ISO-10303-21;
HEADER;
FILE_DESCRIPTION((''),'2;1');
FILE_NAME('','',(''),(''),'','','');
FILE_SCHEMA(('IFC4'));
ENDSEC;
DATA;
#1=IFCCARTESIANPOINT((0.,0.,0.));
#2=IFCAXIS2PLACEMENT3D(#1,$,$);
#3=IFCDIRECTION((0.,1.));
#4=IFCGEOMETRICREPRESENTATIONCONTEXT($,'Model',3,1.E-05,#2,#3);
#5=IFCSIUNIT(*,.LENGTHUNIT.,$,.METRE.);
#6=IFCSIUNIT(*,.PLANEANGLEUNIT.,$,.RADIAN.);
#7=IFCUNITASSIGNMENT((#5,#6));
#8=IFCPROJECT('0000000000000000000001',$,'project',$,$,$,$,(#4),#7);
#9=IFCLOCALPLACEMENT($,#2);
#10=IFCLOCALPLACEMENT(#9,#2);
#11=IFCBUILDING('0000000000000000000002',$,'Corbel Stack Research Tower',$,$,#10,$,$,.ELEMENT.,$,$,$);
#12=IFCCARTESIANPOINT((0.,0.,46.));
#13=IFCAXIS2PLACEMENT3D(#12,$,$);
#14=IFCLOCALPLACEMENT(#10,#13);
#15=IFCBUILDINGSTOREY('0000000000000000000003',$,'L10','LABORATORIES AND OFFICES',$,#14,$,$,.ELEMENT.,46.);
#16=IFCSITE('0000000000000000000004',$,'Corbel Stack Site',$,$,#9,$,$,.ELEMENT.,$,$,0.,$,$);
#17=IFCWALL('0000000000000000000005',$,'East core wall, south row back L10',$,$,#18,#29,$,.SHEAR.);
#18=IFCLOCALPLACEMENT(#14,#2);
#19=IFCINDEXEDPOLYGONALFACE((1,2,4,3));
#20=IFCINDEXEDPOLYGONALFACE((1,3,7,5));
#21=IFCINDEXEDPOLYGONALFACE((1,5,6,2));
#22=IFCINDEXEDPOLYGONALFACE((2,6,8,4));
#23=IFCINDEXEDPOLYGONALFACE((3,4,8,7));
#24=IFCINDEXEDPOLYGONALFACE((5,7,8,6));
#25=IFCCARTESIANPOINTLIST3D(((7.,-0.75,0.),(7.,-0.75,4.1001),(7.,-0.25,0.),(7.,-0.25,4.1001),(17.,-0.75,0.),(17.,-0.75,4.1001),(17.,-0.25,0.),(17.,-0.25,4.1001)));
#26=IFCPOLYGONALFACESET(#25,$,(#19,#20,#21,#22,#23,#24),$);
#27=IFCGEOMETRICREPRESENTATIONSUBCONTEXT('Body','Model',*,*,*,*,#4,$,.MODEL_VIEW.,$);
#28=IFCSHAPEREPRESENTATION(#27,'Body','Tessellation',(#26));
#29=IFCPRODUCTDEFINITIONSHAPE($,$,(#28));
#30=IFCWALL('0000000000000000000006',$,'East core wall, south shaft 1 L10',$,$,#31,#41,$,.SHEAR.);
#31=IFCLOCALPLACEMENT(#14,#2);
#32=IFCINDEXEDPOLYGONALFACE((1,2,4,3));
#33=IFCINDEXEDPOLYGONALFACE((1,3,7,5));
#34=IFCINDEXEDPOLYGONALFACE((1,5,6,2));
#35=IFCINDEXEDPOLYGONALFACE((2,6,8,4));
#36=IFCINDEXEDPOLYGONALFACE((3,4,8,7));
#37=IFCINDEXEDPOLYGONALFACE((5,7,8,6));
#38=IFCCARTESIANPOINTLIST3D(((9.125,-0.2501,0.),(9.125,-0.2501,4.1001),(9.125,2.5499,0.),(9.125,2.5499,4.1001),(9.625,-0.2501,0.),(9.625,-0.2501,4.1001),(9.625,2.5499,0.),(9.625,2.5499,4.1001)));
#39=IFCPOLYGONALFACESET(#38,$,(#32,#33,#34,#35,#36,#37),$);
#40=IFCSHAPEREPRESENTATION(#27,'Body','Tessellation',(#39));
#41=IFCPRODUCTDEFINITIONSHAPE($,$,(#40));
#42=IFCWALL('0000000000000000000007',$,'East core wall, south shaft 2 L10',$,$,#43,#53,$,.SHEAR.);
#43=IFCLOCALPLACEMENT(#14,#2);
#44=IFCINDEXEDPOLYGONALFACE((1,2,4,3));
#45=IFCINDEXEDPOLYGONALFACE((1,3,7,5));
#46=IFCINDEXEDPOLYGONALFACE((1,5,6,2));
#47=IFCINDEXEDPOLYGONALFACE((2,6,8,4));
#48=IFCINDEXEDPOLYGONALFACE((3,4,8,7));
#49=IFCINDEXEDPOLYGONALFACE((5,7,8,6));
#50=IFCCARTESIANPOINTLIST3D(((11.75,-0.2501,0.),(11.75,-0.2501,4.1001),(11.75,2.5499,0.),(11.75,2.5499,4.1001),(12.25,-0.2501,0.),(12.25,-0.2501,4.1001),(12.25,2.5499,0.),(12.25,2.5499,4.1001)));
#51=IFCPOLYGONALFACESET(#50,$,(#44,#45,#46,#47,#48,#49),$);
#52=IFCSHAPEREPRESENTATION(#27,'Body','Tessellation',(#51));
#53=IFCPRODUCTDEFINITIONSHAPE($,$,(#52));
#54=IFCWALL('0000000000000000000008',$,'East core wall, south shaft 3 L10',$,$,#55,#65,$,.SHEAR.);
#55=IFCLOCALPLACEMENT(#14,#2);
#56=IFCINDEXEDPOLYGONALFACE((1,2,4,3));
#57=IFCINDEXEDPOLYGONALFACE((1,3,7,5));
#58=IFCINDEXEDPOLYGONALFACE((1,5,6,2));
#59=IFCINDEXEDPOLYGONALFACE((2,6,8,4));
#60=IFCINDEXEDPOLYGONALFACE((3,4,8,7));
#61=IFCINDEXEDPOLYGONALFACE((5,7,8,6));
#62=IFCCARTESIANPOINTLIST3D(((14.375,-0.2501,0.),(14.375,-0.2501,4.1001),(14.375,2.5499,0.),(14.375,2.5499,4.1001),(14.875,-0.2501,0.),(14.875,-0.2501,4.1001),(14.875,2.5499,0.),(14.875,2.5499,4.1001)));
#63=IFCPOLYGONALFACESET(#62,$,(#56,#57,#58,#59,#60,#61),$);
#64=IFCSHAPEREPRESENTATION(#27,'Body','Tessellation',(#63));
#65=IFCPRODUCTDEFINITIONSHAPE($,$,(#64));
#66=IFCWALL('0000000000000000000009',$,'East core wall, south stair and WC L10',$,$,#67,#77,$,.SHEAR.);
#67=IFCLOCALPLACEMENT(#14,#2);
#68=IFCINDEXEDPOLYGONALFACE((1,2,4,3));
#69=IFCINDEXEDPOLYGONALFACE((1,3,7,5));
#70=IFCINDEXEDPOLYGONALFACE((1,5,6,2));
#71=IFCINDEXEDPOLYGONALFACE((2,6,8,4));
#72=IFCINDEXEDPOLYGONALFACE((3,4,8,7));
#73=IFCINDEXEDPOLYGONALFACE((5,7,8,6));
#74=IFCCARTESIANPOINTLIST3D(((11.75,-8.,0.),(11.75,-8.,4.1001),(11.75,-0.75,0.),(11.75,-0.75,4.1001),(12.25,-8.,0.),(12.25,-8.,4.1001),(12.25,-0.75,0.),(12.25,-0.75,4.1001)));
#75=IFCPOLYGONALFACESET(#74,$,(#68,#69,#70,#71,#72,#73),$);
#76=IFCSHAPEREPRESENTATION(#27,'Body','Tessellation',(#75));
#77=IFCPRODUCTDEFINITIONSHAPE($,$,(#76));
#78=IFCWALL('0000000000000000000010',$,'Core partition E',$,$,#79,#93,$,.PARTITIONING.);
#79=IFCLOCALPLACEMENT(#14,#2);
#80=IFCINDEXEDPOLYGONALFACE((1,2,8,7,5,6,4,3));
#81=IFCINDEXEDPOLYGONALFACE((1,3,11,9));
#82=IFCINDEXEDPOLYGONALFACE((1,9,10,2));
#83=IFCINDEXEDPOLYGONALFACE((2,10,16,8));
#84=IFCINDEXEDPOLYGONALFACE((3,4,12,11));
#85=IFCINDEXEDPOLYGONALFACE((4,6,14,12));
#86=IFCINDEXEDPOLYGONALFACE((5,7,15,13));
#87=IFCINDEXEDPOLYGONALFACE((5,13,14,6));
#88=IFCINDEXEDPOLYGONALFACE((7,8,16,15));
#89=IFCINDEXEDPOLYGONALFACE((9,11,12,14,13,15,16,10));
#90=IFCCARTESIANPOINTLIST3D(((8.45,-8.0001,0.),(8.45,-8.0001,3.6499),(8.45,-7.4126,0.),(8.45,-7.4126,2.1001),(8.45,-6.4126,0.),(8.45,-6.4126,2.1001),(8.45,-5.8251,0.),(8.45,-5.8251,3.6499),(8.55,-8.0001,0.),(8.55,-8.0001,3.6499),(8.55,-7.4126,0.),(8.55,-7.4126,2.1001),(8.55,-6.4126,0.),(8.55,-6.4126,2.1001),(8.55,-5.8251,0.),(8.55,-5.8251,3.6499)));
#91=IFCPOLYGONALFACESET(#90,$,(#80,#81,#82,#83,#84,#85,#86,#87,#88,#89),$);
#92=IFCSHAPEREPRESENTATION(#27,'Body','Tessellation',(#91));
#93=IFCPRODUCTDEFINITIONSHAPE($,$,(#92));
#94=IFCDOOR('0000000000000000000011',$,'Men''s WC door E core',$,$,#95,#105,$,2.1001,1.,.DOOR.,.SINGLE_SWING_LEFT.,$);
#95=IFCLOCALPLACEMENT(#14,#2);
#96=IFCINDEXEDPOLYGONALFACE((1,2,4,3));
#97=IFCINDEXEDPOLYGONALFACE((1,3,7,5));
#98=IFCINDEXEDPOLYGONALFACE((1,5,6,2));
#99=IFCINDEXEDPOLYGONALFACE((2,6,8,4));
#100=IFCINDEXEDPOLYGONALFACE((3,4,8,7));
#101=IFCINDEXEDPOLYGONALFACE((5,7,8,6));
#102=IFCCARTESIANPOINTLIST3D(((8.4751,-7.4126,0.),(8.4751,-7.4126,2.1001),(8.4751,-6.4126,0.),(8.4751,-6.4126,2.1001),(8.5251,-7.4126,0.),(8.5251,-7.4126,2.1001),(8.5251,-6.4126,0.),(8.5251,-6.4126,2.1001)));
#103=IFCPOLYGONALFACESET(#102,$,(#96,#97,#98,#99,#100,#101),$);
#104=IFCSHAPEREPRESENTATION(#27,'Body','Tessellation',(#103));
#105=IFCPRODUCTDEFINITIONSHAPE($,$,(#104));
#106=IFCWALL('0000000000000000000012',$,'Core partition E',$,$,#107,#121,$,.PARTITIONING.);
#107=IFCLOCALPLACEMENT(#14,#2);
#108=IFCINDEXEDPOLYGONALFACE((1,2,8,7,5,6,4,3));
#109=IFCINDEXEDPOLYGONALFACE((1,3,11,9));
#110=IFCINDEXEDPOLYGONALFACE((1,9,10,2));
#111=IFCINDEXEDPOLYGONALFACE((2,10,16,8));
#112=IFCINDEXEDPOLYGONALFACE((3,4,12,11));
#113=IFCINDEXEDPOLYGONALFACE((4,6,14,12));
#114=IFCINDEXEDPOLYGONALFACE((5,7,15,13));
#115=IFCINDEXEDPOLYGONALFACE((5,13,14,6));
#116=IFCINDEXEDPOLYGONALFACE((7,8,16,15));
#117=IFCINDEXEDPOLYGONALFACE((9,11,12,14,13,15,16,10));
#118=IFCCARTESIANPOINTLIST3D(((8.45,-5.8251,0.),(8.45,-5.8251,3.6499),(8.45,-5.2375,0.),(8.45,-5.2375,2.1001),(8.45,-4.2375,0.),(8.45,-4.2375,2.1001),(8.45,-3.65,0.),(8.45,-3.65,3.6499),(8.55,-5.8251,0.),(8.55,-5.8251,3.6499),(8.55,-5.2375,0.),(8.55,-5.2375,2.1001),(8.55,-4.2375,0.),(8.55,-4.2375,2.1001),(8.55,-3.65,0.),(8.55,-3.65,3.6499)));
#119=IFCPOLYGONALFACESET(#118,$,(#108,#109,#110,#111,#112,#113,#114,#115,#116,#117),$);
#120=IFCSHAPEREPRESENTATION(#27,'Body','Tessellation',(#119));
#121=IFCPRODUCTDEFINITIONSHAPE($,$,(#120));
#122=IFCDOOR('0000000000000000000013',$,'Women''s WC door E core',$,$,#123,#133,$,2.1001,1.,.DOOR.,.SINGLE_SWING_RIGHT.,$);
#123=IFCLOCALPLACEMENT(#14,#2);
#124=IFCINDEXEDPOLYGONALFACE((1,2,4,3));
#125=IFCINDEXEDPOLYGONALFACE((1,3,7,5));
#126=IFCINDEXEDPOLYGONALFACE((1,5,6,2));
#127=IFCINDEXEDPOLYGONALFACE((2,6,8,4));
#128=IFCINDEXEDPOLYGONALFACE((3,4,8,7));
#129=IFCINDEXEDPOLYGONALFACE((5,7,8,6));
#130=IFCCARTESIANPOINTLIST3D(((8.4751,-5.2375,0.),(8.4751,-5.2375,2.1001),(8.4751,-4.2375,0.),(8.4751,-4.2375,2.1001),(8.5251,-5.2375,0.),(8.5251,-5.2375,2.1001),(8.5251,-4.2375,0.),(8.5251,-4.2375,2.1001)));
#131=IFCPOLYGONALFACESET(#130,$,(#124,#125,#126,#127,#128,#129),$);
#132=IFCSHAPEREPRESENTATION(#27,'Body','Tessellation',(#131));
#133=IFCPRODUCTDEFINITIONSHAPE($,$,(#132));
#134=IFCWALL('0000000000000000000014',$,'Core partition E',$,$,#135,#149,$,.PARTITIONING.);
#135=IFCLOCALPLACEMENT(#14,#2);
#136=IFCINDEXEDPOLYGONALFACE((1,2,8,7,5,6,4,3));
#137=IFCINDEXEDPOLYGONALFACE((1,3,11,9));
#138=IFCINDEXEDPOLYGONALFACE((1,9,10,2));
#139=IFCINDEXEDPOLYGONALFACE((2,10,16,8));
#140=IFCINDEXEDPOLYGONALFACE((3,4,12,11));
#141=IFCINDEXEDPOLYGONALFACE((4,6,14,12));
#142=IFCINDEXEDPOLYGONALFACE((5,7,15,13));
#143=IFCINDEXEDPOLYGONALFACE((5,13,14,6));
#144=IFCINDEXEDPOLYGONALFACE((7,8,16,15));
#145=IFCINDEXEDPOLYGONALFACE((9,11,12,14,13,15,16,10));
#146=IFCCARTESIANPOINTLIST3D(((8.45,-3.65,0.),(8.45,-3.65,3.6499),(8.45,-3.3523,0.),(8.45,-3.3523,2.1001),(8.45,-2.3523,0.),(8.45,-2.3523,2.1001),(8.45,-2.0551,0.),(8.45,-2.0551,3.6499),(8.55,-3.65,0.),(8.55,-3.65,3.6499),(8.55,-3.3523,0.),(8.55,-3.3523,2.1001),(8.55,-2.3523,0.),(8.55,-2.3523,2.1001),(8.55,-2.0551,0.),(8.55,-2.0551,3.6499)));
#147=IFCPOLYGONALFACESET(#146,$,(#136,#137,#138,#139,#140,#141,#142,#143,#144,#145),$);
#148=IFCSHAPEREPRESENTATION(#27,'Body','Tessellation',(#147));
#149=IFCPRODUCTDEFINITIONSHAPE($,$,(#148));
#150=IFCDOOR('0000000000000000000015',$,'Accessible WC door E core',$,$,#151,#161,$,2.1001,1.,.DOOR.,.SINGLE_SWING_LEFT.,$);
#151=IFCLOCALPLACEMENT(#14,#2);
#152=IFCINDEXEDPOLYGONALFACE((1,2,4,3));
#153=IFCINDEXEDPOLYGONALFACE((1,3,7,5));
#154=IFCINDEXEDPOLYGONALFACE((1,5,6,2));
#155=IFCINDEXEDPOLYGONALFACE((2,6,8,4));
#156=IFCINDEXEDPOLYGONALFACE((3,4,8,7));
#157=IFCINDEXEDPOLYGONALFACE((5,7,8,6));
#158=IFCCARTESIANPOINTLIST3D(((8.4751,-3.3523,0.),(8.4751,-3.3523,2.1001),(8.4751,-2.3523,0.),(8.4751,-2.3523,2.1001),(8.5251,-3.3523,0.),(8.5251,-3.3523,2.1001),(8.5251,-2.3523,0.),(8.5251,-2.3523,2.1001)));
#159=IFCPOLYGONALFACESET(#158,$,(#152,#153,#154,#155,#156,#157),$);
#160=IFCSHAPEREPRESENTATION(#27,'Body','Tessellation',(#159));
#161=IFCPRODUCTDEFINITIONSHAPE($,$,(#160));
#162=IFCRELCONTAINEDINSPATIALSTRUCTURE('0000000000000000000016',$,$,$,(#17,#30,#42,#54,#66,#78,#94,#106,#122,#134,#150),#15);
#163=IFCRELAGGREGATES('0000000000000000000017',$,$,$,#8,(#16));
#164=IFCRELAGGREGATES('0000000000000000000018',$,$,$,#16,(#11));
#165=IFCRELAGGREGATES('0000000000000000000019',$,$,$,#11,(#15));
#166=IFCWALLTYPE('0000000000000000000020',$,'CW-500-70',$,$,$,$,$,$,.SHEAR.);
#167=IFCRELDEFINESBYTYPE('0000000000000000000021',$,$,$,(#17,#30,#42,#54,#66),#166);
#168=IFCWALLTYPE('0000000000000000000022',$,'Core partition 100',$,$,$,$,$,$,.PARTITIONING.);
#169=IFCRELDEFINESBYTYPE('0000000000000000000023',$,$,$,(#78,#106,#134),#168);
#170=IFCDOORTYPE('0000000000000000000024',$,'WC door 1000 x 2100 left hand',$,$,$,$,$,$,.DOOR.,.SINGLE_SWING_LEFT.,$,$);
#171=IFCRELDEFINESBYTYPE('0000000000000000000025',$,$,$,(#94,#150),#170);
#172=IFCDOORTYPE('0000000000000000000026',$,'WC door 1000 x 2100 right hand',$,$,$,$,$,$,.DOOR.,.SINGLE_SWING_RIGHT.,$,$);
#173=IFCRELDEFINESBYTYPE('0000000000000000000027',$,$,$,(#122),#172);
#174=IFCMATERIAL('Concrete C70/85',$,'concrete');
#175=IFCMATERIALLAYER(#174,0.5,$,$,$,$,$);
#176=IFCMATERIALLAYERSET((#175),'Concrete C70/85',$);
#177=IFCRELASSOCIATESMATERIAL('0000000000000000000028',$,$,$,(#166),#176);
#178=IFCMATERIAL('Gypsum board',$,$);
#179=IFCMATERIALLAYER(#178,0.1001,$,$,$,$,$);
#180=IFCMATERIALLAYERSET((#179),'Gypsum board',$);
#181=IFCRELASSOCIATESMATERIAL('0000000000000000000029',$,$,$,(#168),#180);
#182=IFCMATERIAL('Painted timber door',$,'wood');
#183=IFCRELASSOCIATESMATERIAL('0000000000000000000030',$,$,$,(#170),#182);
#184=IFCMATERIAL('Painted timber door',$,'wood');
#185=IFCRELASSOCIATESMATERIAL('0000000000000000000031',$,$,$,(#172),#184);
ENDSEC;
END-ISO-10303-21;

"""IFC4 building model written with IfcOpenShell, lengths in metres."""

from ifc_helpers import new_model, si_unit, direction, frame, frame_2d, origin, place, context, subcontext, project, spatial, rectangle, extrude, material, layer, layer_set, type_object, element, fill, save


model = new_model("IFC4")

# Units and contexts
model_context = context("Model", 3, precision=1e-05, world=origin(), true_north=direction((0.0, 1.0)))
body_context = subcontext(model_context, "Body", "Model", "MODEL_VIEW")
ifc_project = project(units=[si_unit("LENGTHUNIT", "METRE"), si_unit("PLANEANGLEUNIT", "RADIAN")], contexts=[model_context])

# Site, building, storey
site_placement = place(None, origin())
site = spatial("IfcSite", under=ifc_project, at=site_placement, Name="Corbel Stack Site", CompositionType="ELEMENT", RefElevation=0.0)
building_placement = place(site_placement, origin())
building = spatial("IfcBuilding", under=site, at=building_placement, Name="Corbel Stack Research Tower", CompositionType="ELEMENT")
storey_placement = place(building_placement, frame((0.0, 0.0, 46.0)))
storey = spatial("IfcBuildingStorey", under=building, at=storey_placement, Name="L10", Description="LABORATORIES AND OFFICES", CompositionType="ELEMENT", Elevation=46.0)

# Walls
ifc_material_1 = material(Name="Concrete C70/85", Category="concrete")
ifc_layer_1 = layer(ifc_material_1, 0.5)
ifc_layer_set_1 = layer_set([ifc_layer_1], Name="Concrete C70/85")
wall_type_1 = type_object("IfcWallType", Name="CW-500-70", PredefinedType="SHEAR", material=ifc_layer_set_1)
wall_1_placement = place(storey_placement, frame((7.0, -0.5, 0.0), z_axis=(0.0, 0.0, 1.0), x_axis=(1.0, 0.0, 0.0)))
element("IfcWall", 1, at=wall_1_placement, inside=storey, type_object=wall_type_1, Name="East core wall, south row back L10", PredefinedType="SHEAR", context=body_context, shape_type="SweptSolid", body=[
    extrude(rectangle(XDim=10.0, YDim=0.5, at=frame_2d((5.0, 0.0))), origin(), (0.0, 0.0, 1.0), 4.1001),
])
for number, where, z_axis, x_axis, name in (
    (2, (9.375, -0.25, 0.0), (0.0, 0.0, 1.0), (0.0, 1.0, 0.0), "East core wall, south shaft 1 L10"),
    (3, (12.0, -0.25, 0.0), (0.0, 0.0, 1.0), (0.0, 1.0, 0.0), "East core wall, south shaft 2 L10"),
    (4, (14.625, -0.25, 0.0), (0.0, 0.0, 1.0), (0.0, 1.0, 0.0), "East core wall, south shaft 3 L10"),
):
    element("IfcWall", number, at=place(storey_placement, frame(where, z_axis=z_axis, x_axis=x_axis)), inside=storey, type_object=wall_type_1, Name=name, PredefinedType="SHEAR", context=body_context, shape_type="SweptSolid", body=[
        extrude(rectangle(XDim=2.8, YDim=0.5, at=frame_2d((1.3999, 0.0))), origin(), (0.0, 0.0, 1.0), 4.1001),
    ])
wall_2_placement = place(storey_placement, frame((12.0, -8.0, 0.0), z_axis=(0.0, 0.0, 1.0), x_axis=(0.0, 1.0, 0.0)))
element("IfcWall", 5, at=wall_2_placement, inside=storey, type_object=wall_type_1, Name="East core wall, south stair and WC L10", PredefinedType="SHEAR", context=body_context, shape_type="SweptSolid", body=[
    extrude(rectangle(XDim=7.25, YDim=0.5, at=frame_2d((3.625, 0.0))), origin(), (0.0, 0.0, 1.0), 4.1001),
])

# Walls, openings, doors
ifc_material_2 = material(Name="Gypsum board")
ifc_layer_2 = layer(ifc_material_2, 0.1001)
ifc_layer_set_2 = layer_set([ifc_layer_2], Name="Gypsum board")
wall_type_2 = type_object("IfcWallType", Name="Core partition 100", PredefinedType="PARTITIONING", material=ifc_layer_set_2)
wall_3_placement = place(storey_placement, frame((8.5, -8.0, 0.0), z_axis=(0.0, 0.0, 1.0), x_axis=(0.0, 1.0, 0.0)))
wall_3 = element("IfcWall", 6, at=wall_3_placement, inside=storey, type_object=wall_type_2, Name="Core partition E", PredefinedType="PARTITIONING", context=body_context, shape_type="SweptSolid", body=[
    extrude(rectangle(XDim=2.175, YDim=0.1001, at=frame_2d((1.0874, 0.0))), origin(), (0.0, 0.0, 1.0), 3.6499),
])
opening_1_placement = place(wall_3_placement, frame((0.5874, 0.0, 0.0)))
opening_1 = element("IfcOpeningElement", 7, at=opening_1_placement, cuts=wall_3, PredefinedType="OPENING", context=body_context, shape_type="SweptSolid", body=[
    extrude(rectangle(XDim=1.0, YDim=2.1001, at=frame_2d((0.5, 1.05))), frame((0.0, 0.0601, 0.0), z_axis=(0.0, -1.0, 0.0), x_axis=(1.0, 0.0, 0.0)), (0.0, 0.0, 1.0), 0.1201),
])
ifc_material_3 = material(Name="Painted timber door", Category="wood")
door_type_1 = type_object("IfcDoorType", Name="WC door 1000 x 2100 left hand", OperationType="SINGLE_SWING_LEFT", PredefinedType="DOOR", material=ifc_material_3)
door_1_placement = place(opening_1_placement, origin())
door_1 = element("IfcDoor", 8, at=door_1_placement, inside=storey, type_object=door_type_1, Name="Men's WC door E core", OperationType="SINGLE_SWING_LEFT", OverallHeight=2.1001, OverallWidth=1.0, PredefinedType="DOOR", context=body_context, shape_type="SweptSolid", body=[
    extrude(rectangle(XDim=1.0, YDim=2.1001, at=frame_2d((0.5, 1.05))), frame((0.0, 0.0249, 0.0), z_axis=(0.0, -1.0, 0.0), x_axis=(1.0, 0.0, 0.0)), (0.0, 0.0, 1.0), 0.05),
])
fill(opening_1, door_1)
wall_4_placement = place(storey_placement, frame((8.5, -5.825, 0.0), z_axis=(0.0, 0.0, 1.0), x_axis=(0.0, 1.0, 0.0)))
wall_4 = element("IfcWall", 9, at=wall_4_placement, inside=storey, type_object=wall_type_2, Name="Core partition E", PredefinedType="PARTITIONING", context=body_context, shape_type="SweptSolid", body=[
    extrude(rectangle(XDim=2.175, YDim=0.1001, at=frame_2d((1.0874, 0.0))), origin(), (0.0, 0.0, 1.0), 3.6499),
])
opening_2_placement = place(wall_4_placement, frame((0.5874, 0.0, 0.0)))
opening_2 = element("IfcOpeningElement", 10, at=opening_2_placement, cuts=wall_4, PredefinedType="OPENING", context=body_context, shape_type="SweptSolid", body=[
    extrude(rectangle(XDim=1.0, YDim=2.1001, at=frame_2d((0.5, 1.05))), frame((0.0, 0.0601, 0.0), z_axis=(0.0, -1.0, 0.0), x_axis=(1.0, 0.0, 0.0)), (0.0, 0.0, 1.0), 0.1201),
])
ifc_material_4 = material(Name="Painted timber door", Category="wood")
door_type_2 = type_object("IfcDoorType", Name="WC door 1000 x 2100 right hand", OperationType="SINGLE_SWING_RIGHT", PredefinedType="DOOR", material=ifc_material_4)
door_2_placement = place(opening_2_placement, origin())
door_2 = element("IfcDoor", 11, at=door_2_placement, inside=storey, type_object=door_type_2, Name="Women's WC door E core", OperationType="SINGLE_SWING_RIGHT", OverallHeight=2.1001, OverallWidth=1.0, PredefinedType="DOOR", context=body_context, shape_type="SweptSolid", body=[
    extrude(rectangle(XDim=1.0, YDim=2.1001, at=frame_2d((0.5, 1.05))), frame((0.0, 0.0249, 0.0), z_axis=(0.0, -1.0, 0.0), x_axis=(1.0, 0.0, 0.0)), (0.0, 0.0, 1.0), 0.05),
])
fill(opening_2, door_2)
wall_5_placement = place(storey_placement, frame((8.5, -3.6499, 0.0), z_axis=(0.0, 0.0, 1.0), x_axis=(0.0, 1.0, 0.0)))
wall_5 = element("IfcWall", 12, at=wall_5_placement, inside=storey, type_object=wall_type_2, Name="Core partition E", PredefinedType="PARTITIONING", context=body_context, shape_type="SweptSolid", body=[
    extrude(rectangle(XDim=1.595, YDim=0.1001, at=frame_2d((0.7974, 0.0))), origin(), (0.0, 0.0, 1.0), 3.6499),
])
opening_3_placement = place(wall_5_placement, frame((0.2976, 0.0, 0.0)))
opening_3 = element("IfcOpeningElement", 13, at=opening_3_placement, cuts=wall_5, PredefinedType="OPENING", context=body_context, shape_type="SweptSolid", body=[
    extrude(rectangle(XDim=1.0, YDim=2.1001, at=frame_2d((0.5, 1.05))), frame((0.0, 0.0601, 0.0), z_axis=(0.0, -1.0, 0.0), x_axis=(1.0, 0.0, 0.0)), (0.0, 0.0, 1.0), 0.1201),
])
door_3_placement = place(opening_3_placement, origin())
door_3 = element("IfcDoor", 14, at=door_3_placement, inside=storey, type_object=door_type_1, Name="Accessible WC door E core", OperationType="SINGLE_SWING_LEFT", OverallHeight=2.1001, OverallWidth=1.0, PredefinedType="DOOR", context=body_context, shape_type="SweptSolid", body=[
    extrude(rectangle(XDim=1.0, YDim=2.1001, at=frame_2d((0.5, 1.05))), frame((0.0, 0.0249, 0.0), z_axis=(0.0, -1.0, 0.0), x_axis=(1.0, 0.0, 0.0)), (0.0, 0.0, 1.0), 0.05),
])
fill(opening_3, door_3)

save(model, "model.ifc")
